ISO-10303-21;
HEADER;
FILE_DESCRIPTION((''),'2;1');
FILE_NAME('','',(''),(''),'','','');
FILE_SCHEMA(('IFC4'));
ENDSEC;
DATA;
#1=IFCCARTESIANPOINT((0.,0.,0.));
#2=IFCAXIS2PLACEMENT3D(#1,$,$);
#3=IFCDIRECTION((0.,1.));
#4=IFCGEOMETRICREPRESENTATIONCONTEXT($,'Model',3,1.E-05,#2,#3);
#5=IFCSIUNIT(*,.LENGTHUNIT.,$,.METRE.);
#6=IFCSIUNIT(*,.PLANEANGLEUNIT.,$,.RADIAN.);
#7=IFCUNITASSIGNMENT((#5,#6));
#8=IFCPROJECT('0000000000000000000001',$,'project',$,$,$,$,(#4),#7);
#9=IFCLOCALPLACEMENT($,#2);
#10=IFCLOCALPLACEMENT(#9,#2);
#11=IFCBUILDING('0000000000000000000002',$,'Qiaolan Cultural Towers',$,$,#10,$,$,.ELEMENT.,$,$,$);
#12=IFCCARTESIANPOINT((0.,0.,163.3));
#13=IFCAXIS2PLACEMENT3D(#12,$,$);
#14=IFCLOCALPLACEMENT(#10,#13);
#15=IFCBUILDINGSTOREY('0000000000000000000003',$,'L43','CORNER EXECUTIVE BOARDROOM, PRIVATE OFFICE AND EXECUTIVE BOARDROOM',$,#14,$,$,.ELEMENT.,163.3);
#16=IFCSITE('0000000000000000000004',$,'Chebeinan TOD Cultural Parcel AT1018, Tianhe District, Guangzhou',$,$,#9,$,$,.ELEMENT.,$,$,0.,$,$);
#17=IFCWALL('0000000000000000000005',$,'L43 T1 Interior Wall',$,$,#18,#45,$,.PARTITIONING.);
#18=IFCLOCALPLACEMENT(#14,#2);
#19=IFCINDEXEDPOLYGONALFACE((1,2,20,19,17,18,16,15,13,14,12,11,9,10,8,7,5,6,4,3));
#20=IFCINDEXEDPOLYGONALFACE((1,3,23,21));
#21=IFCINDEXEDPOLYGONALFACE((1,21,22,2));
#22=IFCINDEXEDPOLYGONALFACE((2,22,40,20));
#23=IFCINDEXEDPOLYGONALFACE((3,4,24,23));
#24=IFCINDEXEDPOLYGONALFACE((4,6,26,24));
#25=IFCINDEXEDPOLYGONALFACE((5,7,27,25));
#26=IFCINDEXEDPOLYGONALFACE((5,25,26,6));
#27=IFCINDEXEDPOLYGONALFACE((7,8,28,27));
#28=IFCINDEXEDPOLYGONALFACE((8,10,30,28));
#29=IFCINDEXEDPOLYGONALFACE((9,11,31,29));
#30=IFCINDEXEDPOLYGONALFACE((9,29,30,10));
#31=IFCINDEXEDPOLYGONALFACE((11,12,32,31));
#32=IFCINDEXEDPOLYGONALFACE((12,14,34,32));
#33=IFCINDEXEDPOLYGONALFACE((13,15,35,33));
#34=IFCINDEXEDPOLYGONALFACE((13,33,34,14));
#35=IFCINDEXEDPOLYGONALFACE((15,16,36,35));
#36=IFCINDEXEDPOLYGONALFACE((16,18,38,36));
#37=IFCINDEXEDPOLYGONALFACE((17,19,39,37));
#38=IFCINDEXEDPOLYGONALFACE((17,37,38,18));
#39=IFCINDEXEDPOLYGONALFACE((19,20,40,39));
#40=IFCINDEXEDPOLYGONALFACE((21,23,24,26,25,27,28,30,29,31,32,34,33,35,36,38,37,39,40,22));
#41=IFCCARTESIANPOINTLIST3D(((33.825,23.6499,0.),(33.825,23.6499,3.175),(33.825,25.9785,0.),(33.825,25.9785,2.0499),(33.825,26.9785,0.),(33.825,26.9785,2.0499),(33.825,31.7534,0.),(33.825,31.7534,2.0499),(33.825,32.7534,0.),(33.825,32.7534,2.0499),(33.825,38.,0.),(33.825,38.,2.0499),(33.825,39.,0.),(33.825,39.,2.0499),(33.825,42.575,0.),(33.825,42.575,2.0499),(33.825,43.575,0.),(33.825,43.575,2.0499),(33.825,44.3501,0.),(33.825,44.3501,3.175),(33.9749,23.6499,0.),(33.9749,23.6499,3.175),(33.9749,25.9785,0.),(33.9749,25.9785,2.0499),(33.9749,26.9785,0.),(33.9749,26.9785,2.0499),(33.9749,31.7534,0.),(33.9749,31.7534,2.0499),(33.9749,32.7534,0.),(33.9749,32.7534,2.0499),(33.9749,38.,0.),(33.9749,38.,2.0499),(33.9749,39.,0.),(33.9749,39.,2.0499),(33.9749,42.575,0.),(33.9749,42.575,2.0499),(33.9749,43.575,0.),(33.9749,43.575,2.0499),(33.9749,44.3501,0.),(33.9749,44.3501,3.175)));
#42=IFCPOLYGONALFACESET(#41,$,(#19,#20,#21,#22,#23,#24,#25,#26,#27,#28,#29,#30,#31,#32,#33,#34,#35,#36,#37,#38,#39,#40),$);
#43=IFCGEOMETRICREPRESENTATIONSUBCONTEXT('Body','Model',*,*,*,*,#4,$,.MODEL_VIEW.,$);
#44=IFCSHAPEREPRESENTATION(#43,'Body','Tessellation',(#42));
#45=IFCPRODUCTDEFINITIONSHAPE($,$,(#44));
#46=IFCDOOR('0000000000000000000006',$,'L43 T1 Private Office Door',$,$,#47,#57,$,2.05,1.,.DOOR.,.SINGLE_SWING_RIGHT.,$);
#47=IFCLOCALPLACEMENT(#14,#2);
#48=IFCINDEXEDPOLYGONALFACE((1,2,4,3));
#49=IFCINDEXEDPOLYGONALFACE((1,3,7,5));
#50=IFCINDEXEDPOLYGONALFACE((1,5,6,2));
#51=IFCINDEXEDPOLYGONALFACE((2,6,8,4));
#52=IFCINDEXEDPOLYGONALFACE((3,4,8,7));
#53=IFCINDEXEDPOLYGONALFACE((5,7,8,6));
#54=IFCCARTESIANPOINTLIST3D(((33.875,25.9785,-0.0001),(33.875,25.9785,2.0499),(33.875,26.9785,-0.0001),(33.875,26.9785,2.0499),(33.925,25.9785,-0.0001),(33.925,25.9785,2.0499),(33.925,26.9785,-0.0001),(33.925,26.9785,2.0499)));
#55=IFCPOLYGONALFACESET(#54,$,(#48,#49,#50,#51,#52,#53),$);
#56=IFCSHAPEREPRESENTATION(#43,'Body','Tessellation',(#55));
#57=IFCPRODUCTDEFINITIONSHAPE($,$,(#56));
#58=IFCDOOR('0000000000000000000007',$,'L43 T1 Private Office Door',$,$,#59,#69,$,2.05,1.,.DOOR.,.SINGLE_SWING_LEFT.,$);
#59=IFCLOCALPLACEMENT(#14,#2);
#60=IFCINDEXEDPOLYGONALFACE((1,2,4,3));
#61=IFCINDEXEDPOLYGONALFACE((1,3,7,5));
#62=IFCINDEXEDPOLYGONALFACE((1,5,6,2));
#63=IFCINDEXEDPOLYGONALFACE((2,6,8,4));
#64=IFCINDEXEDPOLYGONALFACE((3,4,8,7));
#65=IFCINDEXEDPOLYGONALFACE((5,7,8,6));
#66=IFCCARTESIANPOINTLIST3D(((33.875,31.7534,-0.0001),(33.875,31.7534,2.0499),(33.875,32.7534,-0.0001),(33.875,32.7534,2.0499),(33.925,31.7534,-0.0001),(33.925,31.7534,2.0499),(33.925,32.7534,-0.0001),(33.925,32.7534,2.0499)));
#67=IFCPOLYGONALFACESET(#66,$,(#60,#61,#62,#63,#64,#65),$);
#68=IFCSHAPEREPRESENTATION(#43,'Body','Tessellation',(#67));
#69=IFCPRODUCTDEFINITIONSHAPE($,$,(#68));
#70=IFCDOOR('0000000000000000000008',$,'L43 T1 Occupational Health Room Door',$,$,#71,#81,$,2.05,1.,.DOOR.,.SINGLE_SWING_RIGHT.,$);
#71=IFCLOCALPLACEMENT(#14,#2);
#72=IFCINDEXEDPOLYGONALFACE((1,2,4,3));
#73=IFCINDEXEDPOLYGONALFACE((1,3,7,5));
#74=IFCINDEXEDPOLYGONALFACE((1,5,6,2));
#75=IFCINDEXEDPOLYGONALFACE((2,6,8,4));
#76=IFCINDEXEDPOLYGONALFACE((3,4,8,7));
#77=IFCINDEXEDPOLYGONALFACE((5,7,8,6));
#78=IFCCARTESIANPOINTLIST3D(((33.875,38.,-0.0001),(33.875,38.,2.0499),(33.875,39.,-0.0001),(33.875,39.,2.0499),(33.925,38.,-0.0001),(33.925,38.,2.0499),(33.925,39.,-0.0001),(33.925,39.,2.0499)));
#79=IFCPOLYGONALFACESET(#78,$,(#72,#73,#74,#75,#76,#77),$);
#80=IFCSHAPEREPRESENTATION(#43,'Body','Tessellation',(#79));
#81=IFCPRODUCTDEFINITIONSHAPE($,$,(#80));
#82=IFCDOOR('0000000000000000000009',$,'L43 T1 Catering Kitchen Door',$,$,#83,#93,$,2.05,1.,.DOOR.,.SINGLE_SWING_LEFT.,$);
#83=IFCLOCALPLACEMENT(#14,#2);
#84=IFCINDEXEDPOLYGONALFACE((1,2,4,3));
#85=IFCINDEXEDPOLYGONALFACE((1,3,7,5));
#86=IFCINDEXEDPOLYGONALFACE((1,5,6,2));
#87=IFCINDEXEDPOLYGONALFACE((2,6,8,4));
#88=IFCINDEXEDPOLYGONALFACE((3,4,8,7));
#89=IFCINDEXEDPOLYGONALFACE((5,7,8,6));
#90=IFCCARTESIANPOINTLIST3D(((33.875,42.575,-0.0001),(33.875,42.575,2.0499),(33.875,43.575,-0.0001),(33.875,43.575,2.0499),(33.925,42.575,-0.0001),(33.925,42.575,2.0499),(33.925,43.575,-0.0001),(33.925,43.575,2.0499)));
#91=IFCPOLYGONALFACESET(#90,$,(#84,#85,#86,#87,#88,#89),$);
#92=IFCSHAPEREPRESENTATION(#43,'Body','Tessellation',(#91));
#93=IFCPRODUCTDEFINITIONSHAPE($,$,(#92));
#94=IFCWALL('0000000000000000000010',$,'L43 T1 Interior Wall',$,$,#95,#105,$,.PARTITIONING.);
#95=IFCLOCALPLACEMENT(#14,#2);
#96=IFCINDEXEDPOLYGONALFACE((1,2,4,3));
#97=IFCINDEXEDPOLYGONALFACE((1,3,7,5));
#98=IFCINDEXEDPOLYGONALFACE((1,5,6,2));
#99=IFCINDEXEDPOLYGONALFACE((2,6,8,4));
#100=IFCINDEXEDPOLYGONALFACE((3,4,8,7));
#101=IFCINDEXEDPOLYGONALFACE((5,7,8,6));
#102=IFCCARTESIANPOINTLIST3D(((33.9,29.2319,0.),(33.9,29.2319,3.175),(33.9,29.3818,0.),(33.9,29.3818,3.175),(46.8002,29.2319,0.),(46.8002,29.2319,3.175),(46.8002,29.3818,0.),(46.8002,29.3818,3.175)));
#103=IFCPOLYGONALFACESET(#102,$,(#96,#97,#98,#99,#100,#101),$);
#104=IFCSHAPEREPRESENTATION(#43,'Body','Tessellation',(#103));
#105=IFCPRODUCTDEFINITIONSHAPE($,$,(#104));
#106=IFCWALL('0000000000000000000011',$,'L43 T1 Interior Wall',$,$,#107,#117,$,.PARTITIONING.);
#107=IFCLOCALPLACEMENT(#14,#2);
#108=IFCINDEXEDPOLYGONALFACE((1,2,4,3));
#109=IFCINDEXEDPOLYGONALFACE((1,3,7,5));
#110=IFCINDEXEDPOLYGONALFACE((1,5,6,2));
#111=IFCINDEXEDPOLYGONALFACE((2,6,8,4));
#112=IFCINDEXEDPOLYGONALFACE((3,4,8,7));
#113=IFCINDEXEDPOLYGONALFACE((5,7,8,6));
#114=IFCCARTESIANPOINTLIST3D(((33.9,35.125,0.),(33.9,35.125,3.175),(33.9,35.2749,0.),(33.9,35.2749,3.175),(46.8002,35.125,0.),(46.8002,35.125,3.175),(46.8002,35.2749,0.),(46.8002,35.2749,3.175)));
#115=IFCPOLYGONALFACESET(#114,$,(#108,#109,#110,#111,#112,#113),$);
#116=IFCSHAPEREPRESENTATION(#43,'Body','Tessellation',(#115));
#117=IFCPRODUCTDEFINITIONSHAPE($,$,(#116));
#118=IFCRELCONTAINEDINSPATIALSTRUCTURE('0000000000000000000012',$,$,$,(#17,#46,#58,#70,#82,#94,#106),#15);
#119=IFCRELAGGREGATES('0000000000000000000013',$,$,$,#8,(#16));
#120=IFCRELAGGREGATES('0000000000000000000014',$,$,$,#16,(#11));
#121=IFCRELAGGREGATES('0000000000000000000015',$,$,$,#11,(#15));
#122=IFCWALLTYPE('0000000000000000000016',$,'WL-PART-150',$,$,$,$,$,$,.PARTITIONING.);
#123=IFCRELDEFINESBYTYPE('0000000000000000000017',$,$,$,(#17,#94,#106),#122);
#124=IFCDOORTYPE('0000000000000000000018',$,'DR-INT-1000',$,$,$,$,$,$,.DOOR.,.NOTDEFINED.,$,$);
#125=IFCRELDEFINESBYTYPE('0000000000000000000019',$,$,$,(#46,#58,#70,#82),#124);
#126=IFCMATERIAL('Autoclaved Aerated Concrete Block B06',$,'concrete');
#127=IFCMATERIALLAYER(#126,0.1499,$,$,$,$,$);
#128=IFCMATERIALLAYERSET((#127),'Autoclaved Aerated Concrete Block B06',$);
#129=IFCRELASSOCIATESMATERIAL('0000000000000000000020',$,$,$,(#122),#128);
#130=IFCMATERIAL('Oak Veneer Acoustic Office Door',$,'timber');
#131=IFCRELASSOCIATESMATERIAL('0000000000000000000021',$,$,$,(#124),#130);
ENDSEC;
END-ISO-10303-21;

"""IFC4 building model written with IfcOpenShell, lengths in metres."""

from ifc_helpers import new_model, si_unit, direction, frame, frame_2d, origin, place, context, subcontext, project, spatial, rectangle, extrude, material, layer, layer_set, type_object, element, fill, save


model = new_model("IFC4")

# Units and contexts
model_context = context("Model", 3, precision=1e-05, world=origin(), true_north=direction((0.0, 1.0)))
body_context = subcontext(model_context, "Body", "Model", "MODEL_VIEW")
ifc_project = project(units=[si_unit("LENGTHUNIT", "METRE"), si_unit("PLANEANGLEUNIT", "RADIAN")], contexts=[model_context])

# Site, building, storey
site_placement = place(None, origin())
site = spatial("IfcSite", under=ifc_project, at=site_placement, Name="Chebeinan TOD Cultural Parcel AT1018, Tianhe District, Guangzhou", CompositionType="ELEMENT", RefElevation=0.0)
building_placement = place(site_placement, origin())
building = spatial("IfcBuilding", under=site, at=building_placement, Name="Qiaolan Cultural Towers", CompositionType="ELEMENT")
storey_placement = place(building_placement, frame((0.0, 0.0, 163.3)))
storey = spatial("IfcBuildingStorey", under=building, at=storey_placement, Name="L43", Description="CORNER EXECUTIVE BOARDROOM, PRIVATE OFFICE AND EXECUTIVE BOARDROOM", CompositionType="ELEMENT", Elevation=163.3)

# Shared definitions
ifc_material_1 = material(Name="Autoclaved Aerated Concrete Block B06", Category="concrete")
ifc_layer_1 = layer(ifc_material_1, 0.1499)
ifc_layer_set_1 = layer_set([ifc_layer_1], Name="Autoclaved Aerated Concrete Block B06")
wall_type_1 = type_object("IfcWallType", Name="WL-PART-150", PredefinedType="PARTITIONING", material=ifc_layer_set_1)
ifc_material_2 = material(Name="Oak Veneer Acoustic Office Door", Category="timber")
door_type_1 = type_object("IfcDoorType", Name="DR-INT-1000", OperationType="NOTDEFINED", PredefinedType="DOOR", material=ifc_material_2)

# Wall, openings, doors
wall_1_placement = place(storey_placement, frame((33.8999, 23.6499, 0.0), z_axis=(0.0, 0.0, 1.0), x_axis=(0.0, 1.0, 0.0)))
wall_1 = element("IfcWall", 1, at=wall_1_placement, inside=storey, type_object=wall_type_1, Name="L43 T1 Interior Wall", PredefinedType="PARTITIONING", context=body_context, shape_type="SweptSolid", body=[
    extrude(rectangle(XDim=20.7002, YDim=0.1499, at=frame_2d((10.3501, 0.0))), origin(), (0.0, 0.0, 1.0), 3.175),
])
opening_1_placement = place(wall_1_placement, frame((2.3286, 0.0, 0.0)))
opening_1 = element("IfcOpeningElement", 2, at=opening_1_placement, cuts=wall_1, PredefinedType="OPENING", context=body_context, shape_type="SweptSolid", body=[
    extrude(rectangle(XDim=1.0, YDim=2.05, at=frame_2d((0.5, 1.0249))), frame((0.0, 0.085, 0.0), z_axis=(0.0, -1.0, 0.0), x_axis=(1.0, 0.0, 0.0)), (0.0, 0.0, 1.0), 0.1699),
])
opening_2_placement = place(wall_1_placement, frame((8.1035, 0.0, 0.0)))
opening_2 = element("IfcOpeningElement", 3, at=opening_2_placement, cuts=wall_1, PredefinedType="OPENING", context=body_context, shape_type="SweptSolid", body=[
    extrude(rectangle(XDim=1.0, YDim=2.05, at=frame_2d((0.5, 1.0249))), frame((0.0, 0.085, 0.0), z_axis=(0.0, -1.0, 0.0), x_axis=(1.0, 0.0, 0.0)), (0.0, 0.0, 1.0), 0.1699),
])
opening_3_placement = place(wall_1_placement, frame((14.3501, 0.0, 0.0)))
opening_3 = element("IfcOpeningElement", 4, at=opening_3_placement, cuts=wall_1, PredefinedType="OPENING", context=body_context, shape_type="SweptSolid", body=[
    extrude(rectangle(XDim=1.0, YDim=2.05, at=frame_2d((0.5, 1.0249))), frame((0.0, 0.085, 0.0), z_axis=(0.0, -1.0, 0.0), x_axis=(1.0, 0.0, 0.0)), (0.0, 0.0, 1.0), 0.1699),
])
opening_4_placement = place(wall_1_placement, frame((18.925, 0.0, 0.0)))
opening_4 = element("IfcOpeningElement", 5, at=opening_4_placement, cuts=wall_1, PredefinedType="OPENING", context=body_context, shape_type="SweptSolid", body=[
    extrude(rectangle(XDim=1.0, YDim=2.05, at=frame_2d((0.5, 1.0249))), frame((0.0, 0.085, 0.0), z_axis=(0.0, -1.0, 0.0), x_axis=(1.0, 0.0, 0.0)), (0.0, 0.0, 1.0), 0.1699),
])
door_1_placement = place(opening_1_placement, origin())
door_1 = element("IfcDoor", 6, at=door_1_placement, inside=storey, type_object=door_type_1, Name="L43 T1 Private Office Door", OperationType="SINGLE_SWING_RIGHT", OverallHeight=2.05, OverallWidth=1.0, PredefinedType="DOOR", context=body_context, shape_type="SweptSolid", body=[
    extrude(rectangle(XDim=1.0, YDim=2.05, at=frame_2d((0.5, 1.0249))), frame((0.0, 0.0249, 0.0), z_axis=(0.0, -1.0, 0.0), x_axis=(1.0, 0.0, 0.0)), (0.0, 0.0, 1.0), 0.05),
])
fill(opening_1, door_1)
door_2_placement = place(opening_2_placement, origin())
door_2 = element("IfcDoor", 7, at=door_2_placement, inside=storey, type_object=door_type_1, Name="L43 T1 Private Office Door", OperationType="SINGLE_SWING_LEFT", OverallHeight=2.05, OverallWidth=1.0, PredefinedType="DOOR", context=body_context, shape_type="SweptSolid", body=[
    extrude(rectangle(XDim=1.0, YDim=2.05, at=frame_2d((0.5, 1.0249))), frame((0.0, 0.0249, 0.0), z_axis=(0.0, -1.0, 0.0), x_axis=(1.0, 0.0, 0.0)), (0.0, 0.0, 1.0), 0.05),
])
fill(opening_2, door_2)
door_3_placement = place(opening_3_placement, origin())
door_3 = element("IfcDoor", 8, at=door_3_placement, inside=storey, type_object=door_type_1, Name="L43 T1 Occupational Health Room Door", OperationType="SINGLE_SWING_RIGHT", OverallHeight=2.05, OverallWidth=1.0, PredefinedType="DOOR", context=body_context, shape_type="SweptSolid", body=[
    extrude(rectangle(XDim=1.0, YDim=2.05, at=frame_2d((0.5, 1.0249))), frame((0.0, 0.0249, 0.0), z_axis=(0.0, -1.0, 0.0), x_axis=(1.0, 0.0, 0.0)), (0.0, 0.0, 1.0), 0.05),
])
fill(opening_3, door_3)
door_4_placement = place(opening_4_placement, origin())
door_4 = element("IfcDoor", 9, at=door_4_placement, inside=storey, type_object=door_type_1, Name="L43 T1 Catering Kitchen Door", OperationType="SINGLE_SWING_LEFT", OverallHeight=2.05, OverallWidth=1.0, PredefinedType="DOOR", context=body_context, shape_type="SweptSolid", body=[
    extrude(rectangle(XDim=1.0, YDim=2.05, at=frame_2d((0.5, 1.0249))), frame((0.0, 0.0249, 0.0), z_axis=(0.0, -1.0, 0.0), x_axis=(1.0, 0.0, 0.0)), (0.0, 0.0, 1.0), 0.05),
])
fill(opening_4, door_4)

# Walls
for number, where, z_axis, x_axis, name in (
    (10, (33.8999, 29.3069, 0.0), (0.0, 0.0, 1.0), (1.0, 0.0, 0.0), "L43 T1 Interior Wall"),
    (11, (33.8999, 35.2, 0.0), (0.0, 0.0, 1.0), (1.0, 0.0, 0.0), "L43 T1 Interior Wall"),
):
    element("IfcWall", number, at=place(storey_placement, frame(where, z_axis=z_axis, x_axis=x_axis)), inside=storey, type_object=wall_type_1, Name=name, PredefinedType="PARTITIONING", context=body_context, shape_type="SweptSolid", body=[
        extrude(rectangle(XDim=12.9001, YDim=0.1499, at=frame_2d((6.4502, 0.0))), origin(), (0.0, 0.0, 1.0), 3.175),
    ])

save(model, "model.ifc")
